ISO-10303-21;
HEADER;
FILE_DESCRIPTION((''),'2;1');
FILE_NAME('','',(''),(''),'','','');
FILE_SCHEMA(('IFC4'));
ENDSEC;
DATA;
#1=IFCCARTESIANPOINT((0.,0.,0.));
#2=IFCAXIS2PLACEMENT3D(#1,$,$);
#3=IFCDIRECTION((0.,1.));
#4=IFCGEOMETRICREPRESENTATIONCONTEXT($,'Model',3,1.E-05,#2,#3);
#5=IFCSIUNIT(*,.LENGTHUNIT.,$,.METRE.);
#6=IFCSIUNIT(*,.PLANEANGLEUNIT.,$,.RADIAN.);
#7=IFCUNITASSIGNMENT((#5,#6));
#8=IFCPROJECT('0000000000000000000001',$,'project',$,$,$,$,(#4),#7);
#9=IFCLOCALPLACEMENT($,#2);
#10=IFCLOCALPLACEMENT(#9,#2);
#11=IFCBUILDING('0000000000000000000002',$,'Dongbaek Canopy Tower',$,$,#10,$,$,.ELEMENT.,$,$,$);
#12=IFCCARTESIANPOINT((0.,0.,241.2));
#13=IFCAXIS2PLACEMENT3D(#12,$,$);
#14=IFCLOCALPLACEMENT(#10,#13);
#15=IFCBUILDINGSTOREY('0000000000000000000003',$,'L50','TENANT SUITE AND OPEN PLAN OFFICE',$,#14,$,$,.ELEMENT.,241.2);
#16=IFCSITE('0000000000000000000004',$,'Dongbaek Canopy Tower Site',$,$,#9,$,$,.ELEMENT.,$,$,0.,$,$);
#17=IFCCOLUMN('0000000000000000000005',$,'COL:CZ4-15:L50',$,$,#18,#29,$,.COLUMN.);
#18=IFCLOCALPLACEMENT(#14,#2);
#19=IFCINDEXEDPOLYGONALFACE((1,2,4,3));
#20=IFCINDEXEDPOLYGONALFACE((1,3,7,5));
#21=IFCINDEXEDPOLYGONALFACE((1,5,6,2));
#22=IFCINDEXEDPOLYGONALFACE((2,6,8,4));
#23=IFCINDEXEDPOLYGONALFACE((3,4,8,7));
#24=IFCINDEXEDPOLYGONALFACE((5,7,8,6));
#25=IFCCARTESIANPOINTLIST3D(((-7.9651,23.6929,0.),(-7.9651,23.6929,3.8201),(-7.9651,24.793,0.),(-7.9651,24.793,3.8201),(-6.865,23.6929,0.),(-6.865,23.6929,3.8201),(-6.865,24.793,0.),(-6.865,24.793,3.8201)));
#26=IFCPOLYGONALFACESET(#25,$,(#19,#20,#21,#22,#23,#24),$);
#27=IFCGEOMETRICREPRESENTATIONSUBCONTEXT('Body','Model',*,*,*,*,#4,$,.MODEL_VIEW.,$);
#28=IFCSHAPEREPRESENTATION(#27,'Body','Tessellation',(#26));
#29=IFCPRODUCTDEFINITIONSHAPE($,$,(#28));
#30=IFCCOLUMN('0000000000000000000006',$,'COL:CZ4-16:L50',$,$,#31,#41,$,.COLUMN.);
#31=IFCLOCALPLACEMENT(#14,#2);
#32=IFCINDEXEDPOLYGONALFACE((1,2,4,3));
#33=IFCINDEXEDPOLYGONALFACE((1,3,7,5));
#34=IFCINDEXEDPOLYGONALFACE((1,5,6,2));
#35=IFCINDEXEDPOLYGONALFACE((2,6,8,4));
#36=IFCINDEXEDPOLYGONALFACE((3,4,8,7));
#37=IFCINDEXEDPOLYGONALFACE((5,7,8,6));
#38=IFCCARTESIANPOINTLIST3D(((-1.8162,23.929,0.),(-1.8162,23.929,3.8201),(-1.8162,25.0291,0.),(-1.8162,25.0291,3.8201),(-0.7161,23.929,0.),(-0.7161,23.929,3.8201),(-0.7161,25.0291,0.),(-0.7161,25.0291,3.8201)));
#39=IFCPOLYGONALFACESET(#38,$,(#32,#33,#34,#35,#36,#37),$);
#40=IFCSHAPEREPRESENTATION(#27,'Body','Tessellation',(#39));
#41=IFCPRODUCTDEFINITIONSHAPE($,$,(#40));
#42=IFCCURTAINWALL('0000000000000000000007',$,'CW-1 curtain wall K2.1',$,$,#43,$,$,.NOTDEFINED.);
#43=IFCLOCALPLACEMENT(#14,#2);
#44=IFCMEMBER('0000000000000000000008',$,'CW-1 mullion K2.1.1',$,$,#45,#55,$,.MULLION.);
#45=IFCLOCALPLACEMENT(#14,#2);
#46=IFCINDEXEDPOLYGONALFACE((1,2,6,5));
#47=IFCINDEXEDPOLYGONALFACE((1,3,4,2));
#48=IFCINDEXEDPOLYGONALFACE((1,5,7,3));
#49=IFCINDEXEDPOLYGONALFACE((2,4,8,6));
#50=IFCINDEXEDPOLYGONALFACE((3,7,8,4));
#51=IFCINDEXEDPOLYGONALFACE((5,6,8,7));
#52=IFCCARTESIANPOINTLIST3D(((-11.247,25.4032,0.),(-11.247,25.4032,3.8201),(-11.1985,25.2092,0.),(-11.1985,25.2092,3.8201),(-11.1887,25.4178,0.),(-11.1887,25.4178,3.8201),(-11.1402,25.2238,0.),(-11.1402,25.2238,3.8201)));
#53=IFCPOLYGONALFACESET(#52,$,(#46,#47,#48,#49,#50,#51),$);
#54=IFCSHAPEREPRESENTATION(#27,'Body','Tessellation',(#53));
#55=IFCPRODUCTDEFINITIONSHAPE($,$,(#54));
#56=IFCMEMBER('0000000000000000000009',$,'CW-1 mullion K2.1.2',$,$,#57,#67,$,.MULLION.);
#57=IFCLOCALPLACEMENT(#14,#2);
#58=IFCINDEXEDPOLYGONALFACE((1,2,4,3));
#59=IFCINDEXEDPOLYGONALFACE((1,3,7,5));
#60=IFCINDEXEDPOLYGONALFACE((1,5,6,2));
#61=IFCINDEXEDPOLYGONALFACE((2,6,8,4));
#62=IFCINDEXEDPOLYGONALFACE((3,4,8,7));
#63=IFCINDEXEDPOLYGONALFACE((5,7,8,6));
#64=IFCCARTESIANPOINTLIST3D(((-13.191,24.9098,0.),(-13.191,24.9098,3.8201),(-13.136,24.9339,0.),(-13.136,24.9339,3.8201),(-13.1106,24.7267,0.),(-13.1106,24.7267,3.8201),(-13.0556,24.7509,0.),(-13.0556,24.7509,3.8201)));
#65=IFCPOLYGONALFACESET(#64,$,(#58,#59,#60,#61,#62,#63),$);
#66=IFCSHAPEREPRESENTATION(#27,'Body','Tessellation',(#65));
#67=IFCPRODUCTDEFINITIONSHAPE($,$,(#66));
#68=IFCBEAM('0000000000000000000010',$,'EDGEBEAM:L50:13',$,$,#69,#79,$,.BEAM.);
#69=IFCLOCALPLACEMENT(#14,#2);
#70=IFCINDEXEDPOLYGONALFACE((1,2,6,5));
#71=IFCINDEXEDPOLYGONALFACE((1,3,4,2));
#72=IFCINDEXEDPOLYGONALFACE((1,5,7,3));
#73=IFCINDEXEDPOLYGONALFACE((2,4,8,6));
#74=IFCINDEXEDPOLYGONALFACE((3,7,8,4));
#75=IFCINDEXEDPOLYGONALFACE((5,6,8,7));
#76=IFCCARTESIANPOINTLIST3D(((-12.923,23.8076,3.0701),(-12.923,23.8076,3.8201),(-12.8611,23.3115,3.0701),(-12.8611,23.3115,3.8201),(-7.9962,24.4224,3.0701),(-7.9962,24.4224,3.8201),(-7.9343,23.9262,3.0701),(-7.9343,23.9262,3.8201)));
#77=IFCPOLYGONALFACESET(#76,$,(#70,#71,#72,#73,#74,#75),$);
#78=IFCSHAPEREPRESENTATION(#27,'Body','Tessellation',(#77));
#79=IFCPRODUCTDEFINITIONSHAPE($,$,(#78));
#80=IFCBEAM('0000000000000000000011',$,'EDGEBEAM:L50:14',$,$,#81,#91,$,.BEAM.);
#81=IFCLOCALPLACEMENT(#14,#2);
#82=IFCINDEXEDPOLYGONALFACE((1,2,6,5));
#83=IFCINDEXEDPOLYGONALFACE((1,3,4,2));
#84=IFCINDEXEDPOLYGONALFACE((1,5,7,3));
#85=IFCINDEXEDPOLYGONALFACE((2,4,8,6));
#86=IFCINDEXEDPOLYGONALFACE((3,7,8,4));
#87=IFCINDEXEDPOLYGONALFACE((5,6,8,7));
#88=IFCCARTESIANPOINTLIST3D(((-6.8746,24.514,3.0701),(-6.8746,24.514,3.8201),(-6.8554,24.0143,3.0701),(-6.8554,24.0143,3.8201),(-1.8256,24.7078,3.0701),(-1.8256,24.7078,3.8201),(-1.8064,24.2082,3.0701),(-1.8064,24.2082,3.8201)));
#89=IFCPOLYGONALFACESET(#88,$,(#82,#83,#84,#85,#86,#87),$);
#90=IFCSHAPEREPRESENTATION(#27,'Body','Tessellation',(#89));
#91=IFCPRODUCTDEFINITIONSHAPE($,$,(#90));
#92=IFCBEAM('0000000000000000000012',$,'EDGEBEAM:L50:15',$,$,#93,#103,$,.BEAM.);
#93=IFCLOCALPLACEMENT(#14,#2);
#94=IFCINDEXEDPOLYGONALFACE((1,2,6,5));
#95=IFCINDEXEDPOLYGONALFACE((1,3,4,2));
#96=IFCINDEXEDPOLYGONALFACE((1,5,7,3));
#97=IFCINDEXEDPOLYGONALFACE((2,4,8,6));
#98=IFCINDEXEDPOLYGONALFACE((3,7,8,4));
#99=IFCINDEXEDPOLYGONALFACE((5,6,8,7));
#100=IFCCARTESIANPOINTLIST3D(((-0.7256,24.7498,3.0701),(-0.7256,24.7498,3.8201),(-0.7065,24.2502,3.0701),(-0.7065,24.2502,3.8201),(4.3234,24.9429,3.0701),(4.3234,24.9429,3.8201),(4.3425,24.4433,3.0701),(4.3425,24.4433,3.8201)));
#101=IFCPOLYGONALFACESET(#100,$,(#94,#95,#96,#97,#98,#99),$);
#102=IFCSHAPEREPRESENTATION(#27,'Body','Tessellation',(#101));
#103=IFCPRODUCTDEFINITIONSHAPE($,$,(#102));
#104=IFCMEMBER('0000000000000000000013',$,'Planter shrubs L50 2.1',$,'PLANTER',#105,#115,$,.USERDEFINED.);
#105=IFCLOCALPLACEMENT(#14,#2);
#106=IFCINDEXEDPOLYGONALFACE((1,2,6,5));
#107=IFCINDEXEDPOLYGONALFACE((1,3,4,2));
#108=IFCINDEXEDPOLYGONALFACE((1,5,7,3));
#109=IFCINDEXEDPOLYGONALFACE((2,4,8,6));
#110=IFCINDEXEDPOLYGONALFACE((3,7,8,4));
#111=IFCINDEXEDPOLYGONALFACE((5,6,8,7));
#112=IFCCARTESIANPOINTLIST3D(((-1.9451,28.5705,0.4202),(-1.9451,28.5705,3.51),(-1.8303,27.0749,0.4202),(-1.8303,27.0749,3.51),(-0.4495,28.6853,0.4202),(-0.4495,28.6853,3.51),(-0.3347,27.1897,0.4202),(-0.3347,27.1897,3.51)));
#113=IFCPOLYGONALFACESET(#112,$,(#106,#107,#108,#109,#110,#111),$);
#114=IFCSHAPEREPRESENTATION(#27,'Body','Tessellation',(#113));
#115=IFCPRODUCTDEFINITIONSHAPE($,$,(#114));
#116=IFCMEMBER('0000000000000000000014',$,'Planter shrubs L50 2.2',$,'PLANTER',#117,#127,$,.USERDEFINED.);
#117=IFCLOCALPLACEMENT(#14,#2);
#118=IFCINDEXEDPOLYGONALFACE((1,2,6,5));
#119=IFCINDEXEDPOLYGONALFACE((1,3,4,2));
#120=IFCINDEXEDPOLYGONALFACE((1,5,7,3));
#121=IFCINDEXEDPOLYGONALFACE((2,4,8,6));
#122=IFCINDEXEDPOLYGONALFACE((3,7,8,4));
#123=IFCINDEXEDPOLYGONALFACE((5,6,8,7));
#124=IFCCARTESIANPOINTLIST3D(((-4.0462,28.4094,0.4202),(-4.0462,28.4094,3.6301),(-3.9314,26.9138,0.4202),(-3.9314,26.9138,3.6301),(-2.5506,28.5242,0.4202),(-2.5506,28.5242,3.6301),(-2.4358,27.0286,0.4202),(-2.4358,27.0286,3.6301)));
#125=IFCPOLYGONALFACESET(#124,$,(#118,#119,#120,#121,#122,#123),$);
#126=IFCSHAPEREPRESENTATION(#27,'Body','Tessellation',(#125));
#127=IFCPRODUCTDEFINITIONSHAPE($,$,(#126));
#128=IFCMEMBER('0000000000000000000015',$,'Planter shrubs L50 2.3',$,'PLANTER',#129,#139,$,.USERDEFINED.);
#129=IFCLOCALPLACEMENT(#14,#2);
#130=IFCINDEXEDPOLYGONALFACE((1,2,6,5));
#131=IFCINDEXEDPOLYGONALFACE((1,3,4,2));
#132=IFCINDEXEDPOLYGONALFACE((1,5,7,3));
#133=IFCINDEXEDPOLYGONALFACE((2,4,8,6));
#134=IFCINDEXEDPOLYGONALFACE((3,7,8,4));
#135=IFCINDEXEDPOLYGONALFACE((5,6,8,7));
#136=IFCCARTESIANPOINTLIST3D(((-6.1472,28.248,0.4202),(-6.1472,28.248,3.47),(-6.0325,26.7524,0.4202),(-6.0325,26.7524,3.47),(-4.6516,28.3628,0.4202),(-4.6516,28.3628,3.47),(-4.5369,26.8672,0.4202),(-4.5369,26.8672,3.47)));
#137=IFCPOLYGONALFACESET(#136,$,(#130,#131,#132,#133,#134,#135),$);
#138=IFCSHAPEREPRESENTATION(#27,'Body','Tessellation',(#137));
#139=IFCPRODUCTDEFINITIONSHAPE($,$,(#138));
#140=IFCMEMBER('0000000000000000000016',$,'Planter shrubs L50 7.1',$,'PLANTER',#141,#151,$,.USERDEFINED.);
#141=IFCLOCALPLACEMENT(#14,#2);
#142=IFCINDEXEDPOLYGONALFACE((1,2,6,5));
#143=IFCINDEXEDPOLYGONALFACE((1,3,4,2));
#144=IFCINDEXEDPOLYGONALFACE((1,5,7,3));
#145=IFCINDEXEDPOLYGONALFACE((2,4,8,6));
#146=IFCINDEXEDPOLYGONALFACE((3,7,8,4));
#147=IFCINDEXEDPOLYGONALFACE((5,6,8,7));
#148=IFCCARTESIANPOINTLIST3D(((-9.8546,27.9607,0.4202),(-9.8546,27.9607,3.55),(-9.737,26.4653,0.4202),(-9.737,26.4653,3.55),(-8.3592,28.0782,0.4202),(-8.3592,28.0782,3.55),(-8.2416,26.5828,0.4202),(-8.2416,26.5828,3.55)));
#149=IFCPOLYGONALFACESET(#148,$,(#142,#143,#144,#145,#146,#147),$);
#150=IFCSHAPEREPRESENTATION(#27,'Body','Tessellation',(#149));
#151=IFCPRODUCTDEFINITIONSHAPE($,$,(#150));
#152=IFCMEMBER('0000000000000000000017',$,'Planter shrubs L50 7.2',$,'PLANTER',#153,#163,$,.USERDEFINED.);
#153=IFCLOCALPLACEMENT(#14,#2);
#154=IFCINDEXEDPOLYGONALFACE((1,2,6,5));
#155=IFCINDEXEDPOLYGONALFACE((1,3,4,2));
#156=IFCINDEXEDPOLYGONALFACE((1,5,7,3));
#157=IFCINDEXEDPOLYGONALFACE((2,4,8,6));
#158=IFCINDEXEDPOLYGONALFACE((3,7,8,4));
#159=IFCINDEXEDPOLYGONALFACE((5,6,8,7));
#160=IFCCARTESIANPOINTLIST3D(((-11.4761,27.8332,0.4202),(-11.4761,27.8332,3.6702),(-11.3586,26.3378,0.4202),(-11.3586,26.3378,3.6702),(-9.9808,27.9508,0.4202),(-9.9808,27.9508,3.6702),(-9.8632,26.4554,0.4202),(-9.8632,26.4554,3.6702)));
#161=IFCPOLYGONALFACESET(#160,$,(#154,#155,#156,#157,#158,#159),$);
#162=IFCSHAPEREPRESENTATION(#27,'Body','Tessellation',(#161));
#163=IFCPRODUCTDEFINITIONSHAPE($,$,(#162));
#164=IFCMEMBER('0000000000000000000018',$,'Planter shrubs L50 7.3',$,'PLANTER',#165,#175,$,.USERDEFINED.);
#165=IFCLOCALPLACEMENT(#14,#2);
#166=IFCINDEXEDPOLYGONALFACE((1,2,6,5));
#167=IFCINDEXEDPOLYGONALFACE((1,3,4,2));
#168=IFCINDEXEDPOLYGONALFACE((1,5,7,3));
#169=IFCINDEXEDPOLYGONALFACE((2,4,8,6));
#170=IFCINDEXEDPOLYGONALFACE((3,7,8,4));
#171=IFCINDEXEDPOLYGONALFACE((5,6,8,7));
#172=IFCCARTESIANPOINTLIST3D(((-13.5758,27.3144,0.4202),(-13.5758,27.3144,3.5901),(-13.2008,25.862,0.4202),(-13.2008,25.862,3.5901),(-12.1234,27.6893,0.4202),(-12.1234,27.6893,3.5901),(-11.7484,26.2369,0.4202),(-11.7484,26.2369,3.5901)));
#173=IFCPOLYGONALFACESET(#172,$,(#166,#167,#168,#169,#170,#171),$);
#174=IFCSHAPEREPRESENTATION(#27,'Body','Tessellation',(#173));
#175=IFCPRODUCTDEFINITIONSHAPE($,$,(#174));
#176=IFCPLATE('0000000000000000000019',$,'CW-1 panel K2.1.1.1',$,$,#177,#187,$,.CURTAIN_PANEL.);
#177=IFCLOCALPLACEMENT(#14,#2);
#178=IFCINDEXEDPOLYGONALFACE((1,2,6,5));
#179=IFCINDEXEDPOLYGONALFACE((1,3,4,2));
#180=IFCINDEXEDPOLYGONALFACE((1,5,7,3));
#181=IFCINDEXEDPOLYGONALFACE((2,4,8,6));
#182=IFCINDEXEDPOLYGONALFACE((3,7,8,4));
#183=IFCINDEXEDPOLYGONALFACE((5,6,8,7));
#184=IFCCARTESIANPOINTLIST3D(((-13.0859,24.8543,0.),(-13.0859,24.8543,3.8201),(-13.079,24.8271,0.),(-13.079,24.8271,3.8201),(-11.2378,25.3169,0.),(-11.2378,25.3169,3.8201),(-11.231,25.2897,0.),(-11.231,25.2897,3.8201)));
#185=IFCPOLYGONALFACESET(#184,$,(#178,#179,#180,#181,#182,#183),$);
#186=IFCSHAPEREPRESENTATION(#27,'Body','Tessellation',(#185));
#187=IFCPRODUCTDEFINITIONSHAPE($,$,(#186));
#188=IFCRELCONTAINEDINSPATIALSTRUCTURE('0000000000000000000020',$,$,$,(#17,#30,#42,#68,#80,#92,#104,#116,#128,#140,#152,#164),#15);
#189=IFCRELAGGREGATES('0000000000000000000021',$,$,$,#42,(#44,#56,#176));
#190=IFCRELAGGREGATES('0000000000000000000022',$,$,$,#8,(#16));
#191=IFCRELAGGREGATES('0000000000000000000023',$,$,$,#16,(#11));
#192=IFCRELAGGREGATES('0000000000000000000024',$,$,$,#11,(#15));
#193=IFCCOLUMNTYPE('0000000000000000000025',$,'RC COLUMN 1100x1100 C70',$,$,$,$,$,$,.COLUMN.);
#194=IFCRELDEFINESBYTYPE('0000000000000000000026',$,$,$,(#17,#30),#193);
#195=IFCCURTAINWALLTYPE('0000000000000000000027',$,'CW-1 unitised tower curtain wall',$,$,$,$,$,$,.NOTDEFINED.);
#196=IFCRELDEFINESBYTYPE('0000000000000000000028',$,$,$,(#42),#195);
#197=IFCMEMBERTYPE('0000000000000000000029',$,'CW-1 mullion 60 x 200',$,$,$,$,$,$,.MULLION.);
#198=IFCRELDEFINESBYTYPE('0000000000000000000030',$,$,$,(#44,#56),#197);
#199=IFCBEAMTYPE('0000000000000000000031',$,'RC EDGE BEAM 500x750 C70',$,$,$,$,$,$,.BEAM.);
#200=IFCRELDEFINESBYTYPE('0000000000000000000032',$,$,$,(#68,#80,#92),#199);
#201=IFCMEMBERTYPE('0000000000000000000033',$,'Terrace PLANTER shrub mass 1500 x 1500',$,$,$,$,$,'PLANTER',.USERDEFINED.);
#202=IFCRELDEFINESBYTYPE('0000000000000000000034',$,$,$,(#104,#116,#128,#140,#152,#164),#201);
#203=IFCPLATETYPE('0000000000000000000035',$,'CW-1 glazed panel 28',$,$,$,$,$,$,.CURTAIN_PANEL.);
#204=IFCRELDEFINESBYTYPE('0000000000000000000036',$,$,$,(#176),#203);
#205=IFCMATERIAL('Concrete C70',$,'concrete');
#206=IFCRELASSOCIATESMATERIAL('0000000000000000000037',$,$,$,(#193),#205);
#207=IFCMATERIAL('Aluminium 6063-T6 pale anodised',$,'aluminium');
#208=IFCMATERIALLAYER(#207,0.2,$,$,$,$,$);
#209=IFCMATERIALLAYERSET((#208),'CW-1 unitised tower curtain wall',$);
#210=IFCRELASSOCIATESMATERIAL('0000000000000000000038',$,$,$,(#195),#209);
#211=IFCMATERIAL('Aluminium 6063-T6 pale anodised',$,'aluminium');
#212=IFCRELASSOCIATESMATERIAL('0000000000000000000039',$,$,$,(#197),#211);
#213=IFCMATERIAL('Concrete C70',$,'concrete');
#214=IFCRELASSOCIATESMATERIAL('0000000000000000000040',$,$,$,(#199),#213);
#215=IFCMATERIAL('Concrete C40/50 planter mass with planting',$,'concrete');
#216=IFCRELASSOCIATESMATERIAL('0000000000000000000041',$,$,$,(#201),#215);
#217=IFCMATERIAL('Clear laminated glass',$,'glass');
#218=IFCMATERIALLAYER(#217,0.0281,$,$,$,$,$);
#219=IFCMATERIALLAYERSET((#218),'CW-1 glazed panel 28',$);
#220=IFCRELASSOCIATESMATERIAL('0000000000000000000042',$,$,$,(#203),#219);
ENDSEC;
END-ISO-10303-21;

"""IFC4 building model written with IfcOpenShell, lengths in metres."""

from ifc_helpers import new_model, si_unit, direction, frame, origin, origin_2d, place, context, subcontext, project, spatial, rectangle, extrude, material, layer, layer_set, material_profile, profile_set, type_object, element, aggregate, save


model = new_model("IFC4")

# Units and contexts
model_context = context("Model", 3, precision=1e-05, world=origin(), true_north=direction((0.0, 1.0)))
body_context = subcontext(model_context, "Body", "Model", "MODEL_VIEW")
ifc_project = project(units=[si_unit("LENGTHUNIT", "METRE"), si_unit("PLANEANGLEUNIT", "RADIAN")], contexts=[model_context])

# Site, building, storey
site_placement = place(None, origin())
site = spatial("IfcSite", under=ifc_project, at=site_placement, Name="Dongbaek Canopy Tower Site", CompositionType="ELEMENT", RefElevation=0.0)
building_placement = place(site_placement, origin())
building = spatial("IfcBuilding", under=site, at=building_placement, Name="Dongbaek Canopy Tower", CompositionType="ELEMENT")
storey_placement = place(building_placement, frame((0.0, 0.0, 241.2)))
storey = spatial("IfcBuildingStorey", under=building, at=storey_placement, Name="L50", Description="TENANT SUITE AND OPEN PLAN OFFICE", CompositionType="ELEMENT", Elevation=241.2)

# Columns
ifc_material_1 = material(Name="Concrete C70", Category="concrete")
ifc_material_profile_1 = material_profile(ifc_material_1, rectangle(XDim=1.1001, YDim=1.1001, at=origin_2d()), Name="RC COLUMN 1100x1100 C70")
ifc_profile_set_1 = profile_set([ifc_material_profile_1], Name="Concrete C70")
column_type = type_object("IfcColumnType", Name="RC COLUMN 1100x1100 C70", PredefinedType="COLUMN", material=ifc_profile_set_1)
for number, where, z_axis, x_axis, name in (
    (1, (-7.415, 24.2429, 0.0), (0.0, 0.0, 1.0), (1.0, 0.0, 0.0), "COL:CZ4-15:L50"),
    (2, (-1.2661, 24.479, 0.0), (0.0, 0.0, 1.0), (1.0, 0.0, 0.0), "COL:CZ4-16:L50"),
):
    element("IfcColumn", number, at=place(storey_placement, frame(where, z_axis=z_axis, x_axis=x_axis)), inside=storey, type_object=column_type, Name=name, PredefinedType="COLUMN", context=body_context, shape_type="SweptSolid", body=[
        extrude(rectangle(XDim=1.1001, YDim=1.1001, at=origin_2d()), origin(), (0.0, 0.0, 1.0), 3.8201),
    ])

# Curtain wall, members
ifc_material_2 = material(Name="Aluminium 6063-T6 pale anodised", Category="aluminium")
ifc_layer_1 = layer(ifc_material_2, 0.2)
ifc_layer_set_1 = layer_set([ifc_layer_1], Name="CW-1 unitised tower curtain wall")
curtain_wall_type = type_object("IfcCurtainWallType", Name="CW-1 unitised tower curtain wall", PredefinedType="NOTDEFINED", material=ifc_layer_set_1)
curtain_wall_placement = place(storey_placement, origin())
curtain_wall = element("IfcCurtainWall", 3, at=curtain_wall_placement, inside=storey, type_object=curtain_wall_type, Name="CW-1 curtain wall K2.1", PredefinedType="NOTDEFINED")
ifc_material_3 = material(Name="Aluminium 6063-T6 pale anodised", Category="aluminium")
ifc_material_profile_2 = material_profile(ifc_material_3, rectangle(XDim=0.2, YDim=0.0601, at=origin_2d()), Name="CW-1 mullion 60 x 200")
ifc_profile_set_2 = profile_set([ifc_material_profile_2], Name="Aluminium 6063-T6 pale anodised")
member_type_1 = type_object("IfcMemberType", Name="CW-1 mullion 60 x 200", PredefinedType="MULLION", material=ifc_profile_set_2)
member_1_placement = place(storey_placement, frame((-11.1936, 25.3135, 0.0), z_axis=(0.0, 0.0, 1.0), x_axis=(-0.242824, 0.97007, 0.0)))
member_1 = element("IfcMember", 4, at=member_1_placement, type_object=member_type_1, Name="CW-1 mullion K2.1.1", PredefinedType="MULLION", context=body_context, shape_type="SweptSolid", body=[
    extrude(rectangle(XDim=0.2, YDim=0.0601, at=origin_2d()), origin(), (0.0, 0.0, 1.0), 3.8201),
])
member_2_placement = place(storey_placement, frame((-13.1233, 24.8303, 0.0), z_axis=(0.0, 0.0, 1.0), x_axis=(-0.402236, 0.915536, 0.0)))
member_2 = element("IfcMember", 5, at=member_2_placement, type_object=member_type_1, Name="CW-1 mullion K2.1.2", PredefinedType="MULLION", context=body_context, shape_type="SweptSolid", body=[
    extrude(rectangle(XDim=0.2, YDim=0.0601, at=origin_2d()), origin(), (0.0, 0.0, 1.0), 3.8201),
])

# Beams
ifc_material_4 = material(Name="Concrete C70", Category="concrete")
ifc_material_profile_3 = material_profile(ifc_material_4, rectangle(XDim=0.5, YDim=0.75, at=origin_2d()), Name="RC EDGE BEAM 500x750 C70")
ifc_profile_set_3 = profile_set([ifc_material_profile_3], Name="Concrete C70")
beam_type = type_object("IfcBeamType", Name="RC EDGE BEAM 500x750 C70", PredefinedType="BEAM", material=ifc_profile_set_3)
beam_placement = place(storey_placement, frame((-12.8921, 23.5596, 3.4451), z_axis=(0.992306, 0.123811, 0.0), x_axis=(-0.123811, 0.992306, 0.0)))
element("IfcBeam", 6, at=beam_placement, inside=storey, type_object=beam_type, Name="EDGEBEAM:L50:13", PredefinedType="BEAM", context=body_context, shape_type="SweptSolid", body=[
    extrude(rectangle(XDim=0.5, YDim=0.75, at=origin_2d()), origin(), (0.0, 0.0, 1.0), 4.9651),
])
for number, where, z_axis, x_axis, name in (
    (7, (-6.865, 24.2642, 3.4451), (0.999264, 0.038364, 0.0), (-0.038364, 0.999264, 0.0), "EDGEBEAM:L50:14"),
    (8, (-0.7161, 24.5, 3.4451), (0.999269, 0.03822, 0.0), (-0.03822, 0.999269, 0.0), "EDGEBEAM:L50:15"),
):
    element("IfcBeam", number, at=place(storey_placement, frame(where, z_axis=z_axis, x_axis=x_axis)), inside=storey, type_object=beam_type, Name=name, PredefinedType="BEAM", context=body_context, shape_type="SweptSolid", body=[
        extrude(rectangle(XDim=0.5, YDim=0.75, at=origin_2d()), origin(), (0.0, 0.0, 1.0), 5.0527),
    ])

# Members
ifc_material_5 = material(Name="Concrete C40/50 planter mass with planting", Category="concrete")
ifc_material_profile_4 = material_profile(ifc_material_5, rectangle(XDim=1.5, YDim=1.5, at=origin_2d()), Name="Terrace PLANTER shrub mass 1500 x 1500")
ifc_profile_set_4 = profile_set([ifc_material_profile_4], Name="Concrete C40/50 planter mass with planting")
member_type_2 = type_object("IfcMemberType", Name="Terrace PLANTER shrub mass 1500 x 1500", ElementType="PLANTER", PredefinedType="USERDEFINED", material=ifc_profile_set_4)
member_3_placement = place(storey_placement, frame((-1.1399, 27.8801, 0.4202), z_axis=(0.0, 0.0, 1.0), x_axis=(-0.076518, 0.997068, 0.0)))
element("IfcMember", 9, at=member_3_placement, inside=storey, type_object=member_type_2, Name="Planter shrubs L50 2.1", ObjectType="PLANTER", PredefinedType="USERDEFINED", context=body_context, shape_type="SweptSolid", body=[
    extrude(rectangle(XDim=1.5, YDim=1.5, at=origin_2d()), origin(), (0.0, 0.0, 1.0), 3.0898),
])
member_4_placement = place(storey_placement, frame((-3.241, 27.719, 0.4202), z_axis=(0.0, 0.0, 1.0), x_axis=(-0.076518, 0.997068, 0.0)))
element("IfcMember", 10, at=member_4_placement, inside=storey, type_object=member_type_2, Name="Planter shrubs L50 2.2", ObjectType="PLANTER", PredefinedType="USERDEFINED", context=body_context, shape_type="SweptSolid", body=[
    extrude(rectangle(XDim=1.5, YDim=1.5, at=origin_2d()), origin(), (0.0, 0.0, 1.0), 3.21),
])
member_5_placement = place(storey_placement, frame((-5.342, 27.5576, 0.4202), z_axis=(0.0, 0.0, 1.0), x_axis=(-0.076518, 0.997068, 0.0)))
element("IfcMember", 11, at=member_5_placement, inside=storey, type_object=member_type_2, Name="Planter shrubs L50 2.3", ObjectType="PLANTER", PredefinedType="USERDEFINED", context=body_context, shape_type="SweptSolid", body=[
    extrude(rectangle(XDim=1.5, YDim=1.5, at=origin_2d()), origin(), (0.0, 0.0, 1.0), 3.0498),
])
member_6_placement = place(storey_placement, frame((-9.0481, 27.2717, 0.4202), z_axis=(0.0, 0.0, 1.0), x_axis=(-0.078359, 0.996925, 0.0)))
element("IfcMember", 12, at=member_6_placement, inside=storey, type_object=member_type_2, Name="Planter shrubs L50 7.1", ObjectType="PLANTER", PredefinedType="USERDEFINED", context=body_context, shape_type="SweptSolid", body=[
    extrude(rectangle(XDim=1.5, YDim=1.5, at=origin_2d()), origin(), (0.0, 0.0, 1.0), 3.1299),
])
member_7_placement = place(storey_placement, frame((-10.6697, 27.1443, 0.4202), z_axis=(0.0, 0.0, 1.0), x_axis=(-0.078359, 0.996925, 0.0)))
element("IfcMember", 13, at=member_7_placement, inside=storey, type_object=member_type_2, Name="Planter shrubs L50 7.2", ObjectType="PLANTER", PredefinedType="USERDEFINED", context=body_context, shape_type="SweptSolid", body=[
    extrude(rectangle(XDim=1.5, YDim=1.5, at=origin_2d()), origin(), (0.0, 0.0, 1.0), 3.25),
])
member_8_placement = place(storey_placement, frame((-12.6621, 26.7756, 0.4202), z_axis=(0.0, 0.0, 1.0), x_axis=(-0.249963, 0.968255, 0.0)))
element("IfcMember", 14, at=member_8_placement, inside=storey, type_object=member_type_2, Name="Planter shrubs L50 7.3", ObjectType="PLANTER", PredefinedType="USERDEFINED", context=body_context, shape_type="SweptSolid", body=[
    extrude(rectangle(XDim=1.5, YDim=1.5, at=origin_2d()), origin(), (0.0, 0.0, 1.0), 3.1699),
])

# Plate
ifc_material_6 = material(Name="Clear laminated glass", Category="glass")
ifc_layer_2 = layer(ifc_material_6, 0.0281)
ifc_layer_set_2 = layer_set([ifc_layer_2], Name="CW-1 glazed panel 28")
plate_type = type_object("IfcPlateType", Name="CW-1 glazed panel 28", PredefinedType="CURTAIN_PANEL", material=ifc_layer_set_2)
plate_placement = place(storey_placement, frame((-12.1584, 25.072, 0.0), z_axis=(0.0, 0.0, 1.0), x_axis=(-0.97007, -0.242824, 0.0)))
plate = element("IfcPlate", 15, at=plate_placement, type_object=plate_type, Name="CW-1 panel K2.1.1.1", PredefinedType="CURTAIN_PANEL", context=body_context, shape_type="SweptSolid", body=[
    extrude(rectangle(XDim=1.905, YDim=0.0281, at=origin_2d()), origin(), (0.0, 0.0, 1.0), 3.8201),
])
aggregate(curtain_wall, [member_1, member_2, plate])

save(model, "model.ifc")
